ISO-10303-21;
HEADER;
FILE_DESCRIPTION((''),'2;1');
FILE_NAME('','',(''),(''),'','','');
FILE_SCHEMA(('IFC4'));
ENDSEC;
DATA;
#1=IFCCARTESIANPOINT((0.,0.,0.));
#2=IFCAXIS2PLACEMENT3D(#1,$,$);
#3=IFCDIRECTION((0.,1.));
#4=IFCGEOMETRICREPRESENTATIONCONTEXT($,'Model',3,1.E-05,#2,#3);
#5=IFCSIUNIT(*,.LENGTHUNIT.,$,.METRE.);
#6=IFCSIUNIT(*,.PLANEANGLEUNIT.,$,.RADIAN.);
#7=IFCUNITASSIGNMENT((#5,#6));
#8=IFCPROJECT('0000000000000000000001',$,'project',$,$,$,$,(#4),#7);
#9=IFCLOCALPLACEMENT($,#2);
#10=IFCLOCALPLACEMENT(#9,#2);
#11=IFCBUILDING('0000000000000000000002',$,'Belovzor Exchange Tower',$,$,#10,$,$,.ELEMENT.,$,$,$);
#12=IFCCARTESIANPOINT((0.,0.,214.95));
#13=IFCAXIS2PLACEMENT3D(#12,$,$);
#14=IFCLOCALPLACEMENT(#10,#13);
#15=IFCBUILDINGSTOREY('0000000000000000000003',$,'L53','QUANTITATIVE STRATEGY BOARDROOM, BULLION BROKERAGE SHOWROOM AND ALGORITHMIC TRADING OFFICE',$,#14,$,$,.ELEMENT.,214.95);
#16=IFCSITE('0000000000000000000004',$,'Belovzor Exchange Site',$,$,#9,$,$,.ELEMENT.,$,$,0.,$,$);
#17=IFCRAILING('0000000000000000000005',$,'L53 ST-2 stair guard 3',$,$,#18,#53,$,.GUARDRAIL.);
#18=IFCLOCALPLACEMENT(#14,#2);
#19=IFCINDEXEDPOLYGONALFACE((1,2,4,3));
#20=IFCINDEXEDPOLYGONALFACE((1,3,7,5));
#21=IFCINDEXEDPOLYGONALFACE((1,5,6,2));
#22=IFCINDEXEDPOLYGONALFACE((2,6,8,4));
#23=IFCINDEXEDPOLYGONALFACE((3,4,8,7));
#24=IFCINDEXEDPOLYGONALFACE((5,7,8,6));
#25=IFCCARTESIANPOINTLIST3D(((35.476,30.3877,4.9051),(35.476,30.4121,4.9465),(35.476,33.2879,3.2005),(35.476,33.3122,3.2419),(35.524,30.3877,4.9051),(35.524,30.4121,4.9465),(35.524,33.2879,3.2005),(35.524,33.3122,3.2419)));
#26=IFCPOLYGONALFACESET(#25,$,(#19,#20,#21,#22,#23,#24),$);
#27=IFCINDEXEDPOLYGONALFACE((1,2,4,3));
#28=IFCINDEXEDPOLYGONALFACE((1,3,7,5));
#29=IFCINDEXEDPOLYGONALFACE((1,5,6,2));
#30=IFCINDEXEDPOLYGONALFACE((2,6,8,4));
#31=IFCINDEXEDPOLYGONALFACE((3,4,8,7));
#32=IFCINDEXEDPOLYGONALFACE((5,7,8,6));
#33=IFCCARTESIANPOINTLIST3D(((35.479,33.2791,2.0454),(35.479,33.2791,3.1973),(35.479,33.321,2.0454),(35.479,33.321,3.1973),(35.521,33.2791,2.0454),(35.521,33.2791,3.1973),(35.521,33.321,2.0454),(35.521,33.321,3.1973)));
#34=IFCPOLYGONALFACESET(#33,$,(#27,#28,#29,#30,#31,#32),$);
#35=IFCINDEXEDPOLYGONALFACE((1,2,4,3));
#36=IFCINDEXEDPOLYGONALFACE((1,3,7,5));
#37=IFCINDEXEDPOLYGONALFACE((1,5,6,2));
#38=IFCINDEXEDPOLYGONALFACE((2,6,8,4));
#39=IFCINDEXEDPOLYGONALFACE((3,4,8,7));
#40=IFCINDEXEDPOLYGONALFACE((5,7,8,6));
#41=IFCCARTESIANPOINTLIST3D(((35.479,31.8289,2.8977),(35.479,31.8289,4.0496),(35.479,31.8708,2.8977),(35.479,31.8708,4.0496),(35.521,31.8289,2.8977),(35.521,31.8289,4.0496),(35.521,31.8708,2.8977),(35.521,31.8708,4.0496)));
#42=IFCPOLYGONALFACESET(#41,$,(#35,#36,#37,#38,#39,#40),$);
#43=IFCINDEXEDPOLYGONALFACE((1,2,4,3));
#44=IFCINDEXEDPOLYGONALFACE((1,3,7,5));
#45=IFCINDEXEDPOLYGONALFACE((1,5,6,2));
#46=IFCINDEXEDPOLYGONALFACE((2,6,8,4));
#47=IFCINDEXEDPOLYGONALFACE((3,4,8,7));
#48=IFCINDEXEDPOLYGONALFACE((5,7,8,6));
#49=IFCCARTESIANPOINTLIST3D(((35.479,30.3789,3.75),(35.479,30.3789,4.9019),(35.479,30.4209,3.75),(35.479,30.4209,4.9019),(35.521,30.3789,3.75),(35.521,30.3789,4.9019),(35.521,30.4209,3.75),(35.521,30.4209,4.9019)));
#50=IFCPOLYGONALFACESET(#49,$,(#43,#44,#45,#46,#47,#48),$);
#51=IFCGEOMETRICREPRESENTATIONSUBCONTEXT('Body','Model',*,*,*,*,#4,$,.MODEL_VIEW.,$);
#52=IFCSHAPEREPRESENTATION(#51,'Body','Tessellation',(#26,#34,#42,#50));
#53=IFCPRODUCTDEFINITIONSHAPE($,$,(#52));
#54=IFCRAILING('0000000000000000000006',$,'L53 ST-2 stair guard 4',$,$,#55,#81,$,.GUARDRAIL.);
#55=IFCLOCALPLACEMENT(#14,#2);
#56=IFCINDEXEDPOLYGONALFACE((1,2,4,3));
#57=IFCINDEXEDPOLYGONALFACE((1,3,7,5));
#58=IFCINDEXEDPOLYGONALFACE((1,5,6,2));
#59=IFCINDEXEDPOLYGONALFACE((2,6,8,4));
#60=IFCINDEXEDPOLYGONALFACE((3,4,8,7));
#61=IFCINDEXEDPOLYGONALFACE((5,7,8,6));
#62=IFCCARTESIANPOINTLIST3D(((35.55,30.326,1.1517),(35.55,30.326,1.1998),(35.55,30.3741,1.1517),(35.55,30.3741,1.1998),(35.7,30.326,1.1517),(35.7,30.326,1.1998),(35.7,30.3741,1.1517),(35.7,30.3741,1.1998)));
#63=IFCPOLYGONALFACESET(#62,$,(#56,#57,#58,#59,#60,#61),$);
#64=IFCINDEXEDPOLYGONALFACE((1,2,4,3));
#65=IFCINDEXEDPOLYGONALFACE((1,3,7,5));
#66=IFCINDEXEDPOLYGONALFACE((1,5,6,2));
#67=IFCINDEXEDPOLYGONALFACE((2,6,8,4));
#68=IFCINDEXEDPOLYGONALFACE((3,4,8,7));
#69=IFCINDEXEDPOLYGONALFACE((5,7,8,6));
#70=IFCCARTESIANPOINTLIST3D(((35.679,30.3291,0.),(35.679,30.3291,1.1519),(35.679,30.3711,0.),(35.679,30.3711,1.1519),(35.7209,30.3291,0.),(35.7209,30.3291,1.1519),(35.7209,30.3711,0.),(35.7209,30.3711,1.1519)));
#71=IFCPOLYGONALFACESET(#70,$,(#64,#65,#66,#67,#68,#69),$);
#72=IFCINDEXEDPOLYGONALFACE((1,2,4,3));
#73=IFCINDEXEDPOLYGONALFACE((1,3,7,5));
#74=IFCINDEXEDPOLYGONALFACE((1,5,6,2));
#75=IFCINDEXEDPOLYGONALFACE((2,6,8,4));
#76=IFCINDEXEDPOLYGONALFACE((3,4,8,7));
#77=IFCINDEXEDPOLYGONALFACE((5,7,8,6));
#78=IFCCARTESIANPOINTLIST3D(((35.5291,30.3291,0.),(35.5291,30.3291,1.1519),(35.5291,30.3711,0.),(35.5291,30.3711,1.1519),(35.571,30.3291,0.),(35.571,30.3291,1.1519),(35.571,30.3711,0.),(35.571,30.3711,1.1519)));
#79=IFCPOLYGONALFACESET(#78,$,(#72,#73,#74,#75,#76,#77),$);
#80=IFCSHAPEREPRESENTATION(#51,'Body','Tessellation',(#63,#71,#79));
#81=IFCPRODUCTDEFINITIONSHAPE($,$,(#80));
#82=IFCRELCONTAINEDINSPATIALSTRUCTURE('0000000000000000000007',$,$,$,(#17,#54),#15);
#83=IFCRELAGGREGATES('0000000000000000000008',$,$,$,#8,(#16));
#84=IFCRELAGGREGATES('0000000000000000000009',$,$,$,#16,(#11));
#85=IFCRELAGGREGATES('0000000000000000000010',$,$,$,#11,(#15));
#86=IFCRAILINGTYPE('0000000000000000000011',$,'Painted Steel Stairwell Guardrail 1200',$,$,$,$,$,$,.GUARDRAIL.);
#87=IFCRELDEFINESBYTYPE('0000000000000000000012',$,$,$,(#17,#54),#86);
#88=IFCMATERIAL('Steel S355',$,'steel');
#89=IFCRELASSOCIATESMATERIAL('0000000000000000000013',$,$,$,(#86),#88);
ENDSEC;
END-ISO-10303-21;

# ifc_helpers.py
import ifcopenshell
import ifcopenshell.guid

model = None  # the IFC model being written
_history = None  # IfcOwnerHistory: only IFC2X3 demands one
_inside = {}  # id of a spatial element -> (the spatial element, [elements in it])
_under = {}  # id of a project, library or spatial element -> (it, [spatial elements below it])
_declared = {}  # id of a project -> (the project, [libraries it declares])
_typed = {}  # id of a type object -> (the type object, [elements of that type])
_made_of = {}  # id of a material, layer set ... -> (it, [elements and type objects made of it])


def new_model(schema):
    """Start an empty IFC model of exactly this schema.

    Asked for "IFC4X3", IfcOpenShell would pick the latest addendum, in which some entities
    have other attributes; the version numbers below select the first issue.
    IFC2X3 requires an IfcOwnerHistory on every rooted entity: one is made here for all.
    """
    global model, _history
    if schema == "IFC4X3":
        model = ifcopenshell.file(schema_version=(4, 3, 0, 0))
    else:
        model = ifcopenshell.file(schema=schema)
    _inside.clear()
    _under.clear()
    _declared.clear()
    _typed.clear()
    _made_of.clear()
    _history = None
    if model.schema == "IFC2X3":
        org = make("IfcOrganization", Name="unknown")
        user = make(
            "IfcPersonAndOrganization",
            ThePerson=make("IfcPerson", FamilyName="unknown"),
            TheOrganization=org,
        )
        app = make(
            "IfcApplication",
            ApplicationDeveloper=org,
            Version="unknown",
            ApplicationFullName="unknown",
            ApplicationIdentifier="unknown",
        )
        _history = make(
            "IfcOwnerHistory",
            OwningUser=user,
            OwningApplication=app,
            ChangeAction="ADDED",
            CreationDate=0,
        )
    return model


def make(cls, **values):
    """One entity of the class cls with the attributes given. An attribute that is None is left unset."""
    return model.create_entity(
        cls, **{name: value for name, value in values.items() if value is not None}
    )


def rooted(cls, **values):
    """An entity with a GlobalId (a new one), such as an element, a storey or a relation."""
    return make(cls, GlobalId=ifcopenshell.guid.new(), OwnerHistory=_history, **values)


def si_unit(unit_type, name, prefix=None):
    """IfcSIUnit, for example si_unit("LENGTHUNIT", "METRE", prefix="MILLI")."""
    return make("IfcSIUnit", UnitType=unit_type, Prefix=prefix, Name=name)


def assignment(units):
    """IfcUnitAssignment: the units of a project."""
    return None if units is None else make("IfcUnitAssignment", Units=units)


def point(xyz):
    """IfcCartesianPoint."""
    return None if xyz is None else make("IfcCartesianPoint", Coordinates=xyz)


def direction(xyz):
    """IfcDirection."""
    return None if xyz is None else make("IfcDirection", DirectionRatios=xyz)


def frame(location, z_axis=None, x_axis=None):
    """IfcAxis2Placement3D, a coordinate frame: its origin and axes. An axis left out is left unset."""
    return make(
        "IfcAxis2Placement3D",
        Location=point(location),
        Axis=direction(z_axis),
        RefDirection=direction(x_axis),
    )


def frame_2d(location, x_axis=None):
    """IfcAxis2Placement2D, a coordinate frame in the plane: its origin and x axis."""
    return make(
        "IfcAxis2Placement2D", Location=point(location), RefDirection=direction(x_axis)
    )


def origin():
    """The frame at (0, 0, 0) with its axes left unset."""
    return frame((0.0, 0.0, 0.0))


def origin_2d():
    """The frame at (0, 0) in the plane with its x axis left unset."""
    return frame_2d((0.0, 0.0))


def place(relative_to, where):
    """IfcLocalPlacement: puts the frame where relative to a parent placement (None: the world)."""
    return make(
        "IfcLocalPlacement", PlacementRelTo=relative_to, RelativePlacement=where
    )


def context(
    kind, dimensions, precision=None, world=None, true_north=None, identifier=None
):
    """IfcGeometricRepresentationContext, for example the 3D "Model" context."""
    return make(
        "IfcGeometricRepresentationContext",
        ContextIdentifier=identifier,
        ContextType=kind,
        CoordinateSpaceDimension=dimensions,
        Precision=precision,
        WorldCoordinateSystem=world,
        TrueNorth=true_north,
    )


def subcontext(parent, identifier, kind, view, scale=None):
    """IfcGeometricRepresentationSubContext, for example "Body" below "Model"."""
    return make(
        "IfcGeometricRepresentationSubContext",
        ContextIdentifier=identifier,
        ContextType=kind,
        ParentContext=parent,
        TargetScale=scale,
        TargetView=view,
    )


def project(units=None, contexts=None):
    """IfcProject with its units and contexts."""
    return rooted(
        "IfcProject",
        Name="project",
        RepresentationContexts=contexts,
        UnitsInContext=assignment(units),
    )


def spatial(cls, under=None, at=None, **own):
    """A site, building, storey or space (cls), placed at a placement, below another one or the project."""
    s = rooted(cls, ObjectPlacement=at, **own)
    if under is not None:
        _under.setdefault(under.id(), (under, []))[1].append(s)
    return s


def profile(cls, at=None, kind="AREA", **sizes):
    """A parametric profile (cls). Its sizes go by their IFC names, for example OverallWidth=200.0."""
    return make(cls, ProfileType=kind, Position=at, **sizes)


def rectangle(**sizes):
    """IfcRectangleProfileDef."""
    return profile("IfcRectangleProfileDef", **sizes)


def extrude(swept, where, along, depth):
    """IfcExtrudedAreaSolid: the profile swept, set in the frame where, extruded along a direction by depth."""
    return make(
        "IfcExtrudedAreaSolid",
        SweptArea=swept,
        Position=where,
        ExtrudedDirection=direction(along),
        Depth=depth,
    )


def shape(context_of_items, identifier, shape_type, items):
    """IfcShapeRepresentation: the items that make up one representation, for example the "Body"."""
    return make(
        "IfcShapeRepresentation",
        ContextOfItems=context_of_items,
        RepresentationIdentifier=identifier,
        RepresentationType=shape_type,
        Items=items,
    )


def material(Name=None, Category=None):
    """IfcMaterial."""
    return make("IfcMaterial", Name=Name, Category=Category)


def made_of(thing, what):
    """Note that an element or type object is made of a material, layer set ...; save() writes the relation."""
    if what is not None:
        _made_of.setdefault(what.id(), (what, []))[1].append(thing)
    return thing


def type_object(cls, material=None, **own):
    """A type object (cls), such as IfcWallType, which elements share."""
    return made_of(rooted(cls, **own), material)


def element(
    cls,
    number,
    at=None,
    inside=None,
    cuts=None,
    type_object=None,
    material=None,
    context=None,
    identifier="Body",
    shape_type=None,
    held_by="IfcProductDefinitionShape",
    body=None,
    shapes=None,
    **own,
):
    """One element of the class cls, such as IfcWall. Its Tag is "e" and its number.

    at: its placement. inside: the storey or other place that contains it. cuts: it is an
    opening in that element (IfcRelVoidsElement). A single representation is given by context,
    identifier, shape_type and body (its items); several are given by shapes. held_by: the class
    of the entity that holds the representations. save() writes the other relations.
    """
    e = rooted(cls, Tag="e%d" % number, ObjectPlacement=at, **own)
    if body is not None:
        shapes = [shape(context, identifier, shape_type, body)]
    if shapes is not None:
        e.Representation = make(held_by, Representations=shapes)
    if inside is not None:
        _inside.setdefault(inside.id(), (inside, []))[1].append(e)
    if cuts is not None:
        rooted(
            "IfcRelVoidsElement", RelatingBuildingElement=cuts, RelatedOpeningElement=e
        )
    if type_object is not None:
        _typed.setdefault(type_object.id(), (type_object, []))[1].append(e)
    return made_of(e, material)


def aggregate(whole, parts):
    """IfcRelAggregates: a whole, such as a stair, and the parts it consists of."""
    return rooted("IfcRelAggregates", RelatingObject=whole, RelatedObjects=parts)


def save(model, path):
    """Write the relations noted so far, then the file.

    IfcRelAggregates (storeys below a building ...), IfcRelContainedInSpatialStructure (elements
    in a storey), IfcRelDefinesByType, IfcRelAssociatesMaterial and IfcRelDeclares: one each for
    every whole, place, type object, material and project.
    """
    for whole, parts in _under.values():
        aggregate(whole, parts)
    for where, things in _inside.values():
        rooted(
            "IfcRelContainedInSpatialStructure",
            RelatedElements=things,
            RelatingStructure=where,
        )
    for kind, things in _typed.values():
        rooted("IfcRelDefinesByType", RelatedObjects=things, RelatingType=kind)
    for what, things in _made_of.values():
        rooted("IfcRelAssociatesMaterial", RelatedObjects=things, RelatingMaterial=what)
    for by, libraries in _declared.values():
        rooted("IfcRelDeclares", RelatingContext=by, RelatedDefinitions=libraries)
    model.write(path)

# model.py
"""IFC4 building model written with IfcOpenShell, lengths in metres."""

from ifc_helpers import new_model, si_unit, direction, frame, origin, origin_2d, place, context, subcontext, project, spatial, rectangle, extrude, material, type_object, element, save


model = new_model("IFC4")

# Units and contexts
model_context = context("Model", 3, precision=1e-05, world=origin(), true_north=direction((0.0, 1.0)))
body_context = subcontext(model_context, "Body", "Model", "MODEL_VIEW")
ifc_project = project(units=[si_unit("LENGTHUNIT", "METRE"), si_unit("PLANEANGLEUNIT", "RADIAN")], contexts=[model_context])

# Site, building, storey
site_placement = place(None, origin())
site = spatial("IfcSite", under=ifc_project, at=site_placement, Name="Belovzor Exchange Site", CompositionType="ELEMENT", RefElevation=0.0)
building_placement = place(site_placement, origin())
building = spatial("IfcBuilding", under=site, at=building_placement, Name="Belovzor Exchange Tower", CompositionType="ELEMENT")
storey_placement = place(building_placement, frame((0.0, 0.0, 214.95)))
storey = spatial("IfcBuildingStorey", under=building, at=storey_placement, Name="L53", Description="QUANTITATIVE STRATEGY BOARDROOM, BULLION BROKERAGE SHOWROOM AND ALGORITHMIC TRADING OFFICE", CompositionType="ELEMENT", Elevation=214.95)

# Railings
ifc_material_1 = material(Name="Steel S355", Category="steel")
railing_type_1 = type_object("IfcRailingType", Name="Painted Steel Stairwell Guardrail 1200", PredefinedType="GUARDRAIL", material=ifc_material_1)
railing_1_placement = place(storey_placement, frame((35.5, 33.3, 2.0454)))
element("IfcRailing", 1, at=railing_1_placement, inside=storey, type_object=railing_type_1, Name="L53 ST-2 stair guard 3", PredefinedType="GUARDRAIL", context=body_context, shape_type="SweptSolid", body=[
    extrude(rectangle(XDim=0.0481, YDim=0.0481, at=origin_2d()), frame((0.0, 0.0, 1.1758), z_axis=(0.0, -0.862113, 0.506716), x_axis=(1.0, 0.0, 0.0)), (0.0, 0.0, 1.0), 3.364),
    extrude(rectangle(XDim=0.042, YDim=0.042, at=origin_2d()), origin(), (0.0, 0.0, 1.0), 1.1519),
    extrude(rectangle(XDim=0.042, YDim=0.042, at=origin_2d()), frame((0.0, -1.4502, 0.8523)), (0.0, 0.0, 1.0), 1.1519),
    extrude(rectangle(XDim=0.042, YDim=0.042, at=origin_2d()), frame((0.0, -2.9001, 1.7046)), (0.0, 0.0, 1.0), 1.1519),
])
railing_2_placement = place(storey_placement, frame((35.7, 30.3501, 0.0)))
element("IfcRailing", 2, at=railing_2_placement, inside=storey, type_object=railing_type_1, Name="L53 ST-2 stair guard 4", PredefinedType="GUARDRAIL", context=body_context, shape_type="SweptSolid", body=[
    extrude(rectangle(XDim=0.0481, YDim=0.0481, at=origin_2d()), frame((0.0, 0.0, 1.1758), z_axis=(-1.0, 0.0, 0.0), x_axis=(0.0, -1.0, 0.0)), (0.0, 0.0, 1.0), 0.1499),
    extrude(rectangle(XDim=0.042, YDim=0.042, at=origin_2d()), origin(), (0.0, 0.0, 1.0), 1.1519),
    extrude(rectangle(XDim=0.042, YDim=0.042, at=origin_2d()), frame((-0.1499, 0.0, 0.0)), (0.0, 0.0, 1.0), 1.1519),
])

save(model, "model.ifc")
